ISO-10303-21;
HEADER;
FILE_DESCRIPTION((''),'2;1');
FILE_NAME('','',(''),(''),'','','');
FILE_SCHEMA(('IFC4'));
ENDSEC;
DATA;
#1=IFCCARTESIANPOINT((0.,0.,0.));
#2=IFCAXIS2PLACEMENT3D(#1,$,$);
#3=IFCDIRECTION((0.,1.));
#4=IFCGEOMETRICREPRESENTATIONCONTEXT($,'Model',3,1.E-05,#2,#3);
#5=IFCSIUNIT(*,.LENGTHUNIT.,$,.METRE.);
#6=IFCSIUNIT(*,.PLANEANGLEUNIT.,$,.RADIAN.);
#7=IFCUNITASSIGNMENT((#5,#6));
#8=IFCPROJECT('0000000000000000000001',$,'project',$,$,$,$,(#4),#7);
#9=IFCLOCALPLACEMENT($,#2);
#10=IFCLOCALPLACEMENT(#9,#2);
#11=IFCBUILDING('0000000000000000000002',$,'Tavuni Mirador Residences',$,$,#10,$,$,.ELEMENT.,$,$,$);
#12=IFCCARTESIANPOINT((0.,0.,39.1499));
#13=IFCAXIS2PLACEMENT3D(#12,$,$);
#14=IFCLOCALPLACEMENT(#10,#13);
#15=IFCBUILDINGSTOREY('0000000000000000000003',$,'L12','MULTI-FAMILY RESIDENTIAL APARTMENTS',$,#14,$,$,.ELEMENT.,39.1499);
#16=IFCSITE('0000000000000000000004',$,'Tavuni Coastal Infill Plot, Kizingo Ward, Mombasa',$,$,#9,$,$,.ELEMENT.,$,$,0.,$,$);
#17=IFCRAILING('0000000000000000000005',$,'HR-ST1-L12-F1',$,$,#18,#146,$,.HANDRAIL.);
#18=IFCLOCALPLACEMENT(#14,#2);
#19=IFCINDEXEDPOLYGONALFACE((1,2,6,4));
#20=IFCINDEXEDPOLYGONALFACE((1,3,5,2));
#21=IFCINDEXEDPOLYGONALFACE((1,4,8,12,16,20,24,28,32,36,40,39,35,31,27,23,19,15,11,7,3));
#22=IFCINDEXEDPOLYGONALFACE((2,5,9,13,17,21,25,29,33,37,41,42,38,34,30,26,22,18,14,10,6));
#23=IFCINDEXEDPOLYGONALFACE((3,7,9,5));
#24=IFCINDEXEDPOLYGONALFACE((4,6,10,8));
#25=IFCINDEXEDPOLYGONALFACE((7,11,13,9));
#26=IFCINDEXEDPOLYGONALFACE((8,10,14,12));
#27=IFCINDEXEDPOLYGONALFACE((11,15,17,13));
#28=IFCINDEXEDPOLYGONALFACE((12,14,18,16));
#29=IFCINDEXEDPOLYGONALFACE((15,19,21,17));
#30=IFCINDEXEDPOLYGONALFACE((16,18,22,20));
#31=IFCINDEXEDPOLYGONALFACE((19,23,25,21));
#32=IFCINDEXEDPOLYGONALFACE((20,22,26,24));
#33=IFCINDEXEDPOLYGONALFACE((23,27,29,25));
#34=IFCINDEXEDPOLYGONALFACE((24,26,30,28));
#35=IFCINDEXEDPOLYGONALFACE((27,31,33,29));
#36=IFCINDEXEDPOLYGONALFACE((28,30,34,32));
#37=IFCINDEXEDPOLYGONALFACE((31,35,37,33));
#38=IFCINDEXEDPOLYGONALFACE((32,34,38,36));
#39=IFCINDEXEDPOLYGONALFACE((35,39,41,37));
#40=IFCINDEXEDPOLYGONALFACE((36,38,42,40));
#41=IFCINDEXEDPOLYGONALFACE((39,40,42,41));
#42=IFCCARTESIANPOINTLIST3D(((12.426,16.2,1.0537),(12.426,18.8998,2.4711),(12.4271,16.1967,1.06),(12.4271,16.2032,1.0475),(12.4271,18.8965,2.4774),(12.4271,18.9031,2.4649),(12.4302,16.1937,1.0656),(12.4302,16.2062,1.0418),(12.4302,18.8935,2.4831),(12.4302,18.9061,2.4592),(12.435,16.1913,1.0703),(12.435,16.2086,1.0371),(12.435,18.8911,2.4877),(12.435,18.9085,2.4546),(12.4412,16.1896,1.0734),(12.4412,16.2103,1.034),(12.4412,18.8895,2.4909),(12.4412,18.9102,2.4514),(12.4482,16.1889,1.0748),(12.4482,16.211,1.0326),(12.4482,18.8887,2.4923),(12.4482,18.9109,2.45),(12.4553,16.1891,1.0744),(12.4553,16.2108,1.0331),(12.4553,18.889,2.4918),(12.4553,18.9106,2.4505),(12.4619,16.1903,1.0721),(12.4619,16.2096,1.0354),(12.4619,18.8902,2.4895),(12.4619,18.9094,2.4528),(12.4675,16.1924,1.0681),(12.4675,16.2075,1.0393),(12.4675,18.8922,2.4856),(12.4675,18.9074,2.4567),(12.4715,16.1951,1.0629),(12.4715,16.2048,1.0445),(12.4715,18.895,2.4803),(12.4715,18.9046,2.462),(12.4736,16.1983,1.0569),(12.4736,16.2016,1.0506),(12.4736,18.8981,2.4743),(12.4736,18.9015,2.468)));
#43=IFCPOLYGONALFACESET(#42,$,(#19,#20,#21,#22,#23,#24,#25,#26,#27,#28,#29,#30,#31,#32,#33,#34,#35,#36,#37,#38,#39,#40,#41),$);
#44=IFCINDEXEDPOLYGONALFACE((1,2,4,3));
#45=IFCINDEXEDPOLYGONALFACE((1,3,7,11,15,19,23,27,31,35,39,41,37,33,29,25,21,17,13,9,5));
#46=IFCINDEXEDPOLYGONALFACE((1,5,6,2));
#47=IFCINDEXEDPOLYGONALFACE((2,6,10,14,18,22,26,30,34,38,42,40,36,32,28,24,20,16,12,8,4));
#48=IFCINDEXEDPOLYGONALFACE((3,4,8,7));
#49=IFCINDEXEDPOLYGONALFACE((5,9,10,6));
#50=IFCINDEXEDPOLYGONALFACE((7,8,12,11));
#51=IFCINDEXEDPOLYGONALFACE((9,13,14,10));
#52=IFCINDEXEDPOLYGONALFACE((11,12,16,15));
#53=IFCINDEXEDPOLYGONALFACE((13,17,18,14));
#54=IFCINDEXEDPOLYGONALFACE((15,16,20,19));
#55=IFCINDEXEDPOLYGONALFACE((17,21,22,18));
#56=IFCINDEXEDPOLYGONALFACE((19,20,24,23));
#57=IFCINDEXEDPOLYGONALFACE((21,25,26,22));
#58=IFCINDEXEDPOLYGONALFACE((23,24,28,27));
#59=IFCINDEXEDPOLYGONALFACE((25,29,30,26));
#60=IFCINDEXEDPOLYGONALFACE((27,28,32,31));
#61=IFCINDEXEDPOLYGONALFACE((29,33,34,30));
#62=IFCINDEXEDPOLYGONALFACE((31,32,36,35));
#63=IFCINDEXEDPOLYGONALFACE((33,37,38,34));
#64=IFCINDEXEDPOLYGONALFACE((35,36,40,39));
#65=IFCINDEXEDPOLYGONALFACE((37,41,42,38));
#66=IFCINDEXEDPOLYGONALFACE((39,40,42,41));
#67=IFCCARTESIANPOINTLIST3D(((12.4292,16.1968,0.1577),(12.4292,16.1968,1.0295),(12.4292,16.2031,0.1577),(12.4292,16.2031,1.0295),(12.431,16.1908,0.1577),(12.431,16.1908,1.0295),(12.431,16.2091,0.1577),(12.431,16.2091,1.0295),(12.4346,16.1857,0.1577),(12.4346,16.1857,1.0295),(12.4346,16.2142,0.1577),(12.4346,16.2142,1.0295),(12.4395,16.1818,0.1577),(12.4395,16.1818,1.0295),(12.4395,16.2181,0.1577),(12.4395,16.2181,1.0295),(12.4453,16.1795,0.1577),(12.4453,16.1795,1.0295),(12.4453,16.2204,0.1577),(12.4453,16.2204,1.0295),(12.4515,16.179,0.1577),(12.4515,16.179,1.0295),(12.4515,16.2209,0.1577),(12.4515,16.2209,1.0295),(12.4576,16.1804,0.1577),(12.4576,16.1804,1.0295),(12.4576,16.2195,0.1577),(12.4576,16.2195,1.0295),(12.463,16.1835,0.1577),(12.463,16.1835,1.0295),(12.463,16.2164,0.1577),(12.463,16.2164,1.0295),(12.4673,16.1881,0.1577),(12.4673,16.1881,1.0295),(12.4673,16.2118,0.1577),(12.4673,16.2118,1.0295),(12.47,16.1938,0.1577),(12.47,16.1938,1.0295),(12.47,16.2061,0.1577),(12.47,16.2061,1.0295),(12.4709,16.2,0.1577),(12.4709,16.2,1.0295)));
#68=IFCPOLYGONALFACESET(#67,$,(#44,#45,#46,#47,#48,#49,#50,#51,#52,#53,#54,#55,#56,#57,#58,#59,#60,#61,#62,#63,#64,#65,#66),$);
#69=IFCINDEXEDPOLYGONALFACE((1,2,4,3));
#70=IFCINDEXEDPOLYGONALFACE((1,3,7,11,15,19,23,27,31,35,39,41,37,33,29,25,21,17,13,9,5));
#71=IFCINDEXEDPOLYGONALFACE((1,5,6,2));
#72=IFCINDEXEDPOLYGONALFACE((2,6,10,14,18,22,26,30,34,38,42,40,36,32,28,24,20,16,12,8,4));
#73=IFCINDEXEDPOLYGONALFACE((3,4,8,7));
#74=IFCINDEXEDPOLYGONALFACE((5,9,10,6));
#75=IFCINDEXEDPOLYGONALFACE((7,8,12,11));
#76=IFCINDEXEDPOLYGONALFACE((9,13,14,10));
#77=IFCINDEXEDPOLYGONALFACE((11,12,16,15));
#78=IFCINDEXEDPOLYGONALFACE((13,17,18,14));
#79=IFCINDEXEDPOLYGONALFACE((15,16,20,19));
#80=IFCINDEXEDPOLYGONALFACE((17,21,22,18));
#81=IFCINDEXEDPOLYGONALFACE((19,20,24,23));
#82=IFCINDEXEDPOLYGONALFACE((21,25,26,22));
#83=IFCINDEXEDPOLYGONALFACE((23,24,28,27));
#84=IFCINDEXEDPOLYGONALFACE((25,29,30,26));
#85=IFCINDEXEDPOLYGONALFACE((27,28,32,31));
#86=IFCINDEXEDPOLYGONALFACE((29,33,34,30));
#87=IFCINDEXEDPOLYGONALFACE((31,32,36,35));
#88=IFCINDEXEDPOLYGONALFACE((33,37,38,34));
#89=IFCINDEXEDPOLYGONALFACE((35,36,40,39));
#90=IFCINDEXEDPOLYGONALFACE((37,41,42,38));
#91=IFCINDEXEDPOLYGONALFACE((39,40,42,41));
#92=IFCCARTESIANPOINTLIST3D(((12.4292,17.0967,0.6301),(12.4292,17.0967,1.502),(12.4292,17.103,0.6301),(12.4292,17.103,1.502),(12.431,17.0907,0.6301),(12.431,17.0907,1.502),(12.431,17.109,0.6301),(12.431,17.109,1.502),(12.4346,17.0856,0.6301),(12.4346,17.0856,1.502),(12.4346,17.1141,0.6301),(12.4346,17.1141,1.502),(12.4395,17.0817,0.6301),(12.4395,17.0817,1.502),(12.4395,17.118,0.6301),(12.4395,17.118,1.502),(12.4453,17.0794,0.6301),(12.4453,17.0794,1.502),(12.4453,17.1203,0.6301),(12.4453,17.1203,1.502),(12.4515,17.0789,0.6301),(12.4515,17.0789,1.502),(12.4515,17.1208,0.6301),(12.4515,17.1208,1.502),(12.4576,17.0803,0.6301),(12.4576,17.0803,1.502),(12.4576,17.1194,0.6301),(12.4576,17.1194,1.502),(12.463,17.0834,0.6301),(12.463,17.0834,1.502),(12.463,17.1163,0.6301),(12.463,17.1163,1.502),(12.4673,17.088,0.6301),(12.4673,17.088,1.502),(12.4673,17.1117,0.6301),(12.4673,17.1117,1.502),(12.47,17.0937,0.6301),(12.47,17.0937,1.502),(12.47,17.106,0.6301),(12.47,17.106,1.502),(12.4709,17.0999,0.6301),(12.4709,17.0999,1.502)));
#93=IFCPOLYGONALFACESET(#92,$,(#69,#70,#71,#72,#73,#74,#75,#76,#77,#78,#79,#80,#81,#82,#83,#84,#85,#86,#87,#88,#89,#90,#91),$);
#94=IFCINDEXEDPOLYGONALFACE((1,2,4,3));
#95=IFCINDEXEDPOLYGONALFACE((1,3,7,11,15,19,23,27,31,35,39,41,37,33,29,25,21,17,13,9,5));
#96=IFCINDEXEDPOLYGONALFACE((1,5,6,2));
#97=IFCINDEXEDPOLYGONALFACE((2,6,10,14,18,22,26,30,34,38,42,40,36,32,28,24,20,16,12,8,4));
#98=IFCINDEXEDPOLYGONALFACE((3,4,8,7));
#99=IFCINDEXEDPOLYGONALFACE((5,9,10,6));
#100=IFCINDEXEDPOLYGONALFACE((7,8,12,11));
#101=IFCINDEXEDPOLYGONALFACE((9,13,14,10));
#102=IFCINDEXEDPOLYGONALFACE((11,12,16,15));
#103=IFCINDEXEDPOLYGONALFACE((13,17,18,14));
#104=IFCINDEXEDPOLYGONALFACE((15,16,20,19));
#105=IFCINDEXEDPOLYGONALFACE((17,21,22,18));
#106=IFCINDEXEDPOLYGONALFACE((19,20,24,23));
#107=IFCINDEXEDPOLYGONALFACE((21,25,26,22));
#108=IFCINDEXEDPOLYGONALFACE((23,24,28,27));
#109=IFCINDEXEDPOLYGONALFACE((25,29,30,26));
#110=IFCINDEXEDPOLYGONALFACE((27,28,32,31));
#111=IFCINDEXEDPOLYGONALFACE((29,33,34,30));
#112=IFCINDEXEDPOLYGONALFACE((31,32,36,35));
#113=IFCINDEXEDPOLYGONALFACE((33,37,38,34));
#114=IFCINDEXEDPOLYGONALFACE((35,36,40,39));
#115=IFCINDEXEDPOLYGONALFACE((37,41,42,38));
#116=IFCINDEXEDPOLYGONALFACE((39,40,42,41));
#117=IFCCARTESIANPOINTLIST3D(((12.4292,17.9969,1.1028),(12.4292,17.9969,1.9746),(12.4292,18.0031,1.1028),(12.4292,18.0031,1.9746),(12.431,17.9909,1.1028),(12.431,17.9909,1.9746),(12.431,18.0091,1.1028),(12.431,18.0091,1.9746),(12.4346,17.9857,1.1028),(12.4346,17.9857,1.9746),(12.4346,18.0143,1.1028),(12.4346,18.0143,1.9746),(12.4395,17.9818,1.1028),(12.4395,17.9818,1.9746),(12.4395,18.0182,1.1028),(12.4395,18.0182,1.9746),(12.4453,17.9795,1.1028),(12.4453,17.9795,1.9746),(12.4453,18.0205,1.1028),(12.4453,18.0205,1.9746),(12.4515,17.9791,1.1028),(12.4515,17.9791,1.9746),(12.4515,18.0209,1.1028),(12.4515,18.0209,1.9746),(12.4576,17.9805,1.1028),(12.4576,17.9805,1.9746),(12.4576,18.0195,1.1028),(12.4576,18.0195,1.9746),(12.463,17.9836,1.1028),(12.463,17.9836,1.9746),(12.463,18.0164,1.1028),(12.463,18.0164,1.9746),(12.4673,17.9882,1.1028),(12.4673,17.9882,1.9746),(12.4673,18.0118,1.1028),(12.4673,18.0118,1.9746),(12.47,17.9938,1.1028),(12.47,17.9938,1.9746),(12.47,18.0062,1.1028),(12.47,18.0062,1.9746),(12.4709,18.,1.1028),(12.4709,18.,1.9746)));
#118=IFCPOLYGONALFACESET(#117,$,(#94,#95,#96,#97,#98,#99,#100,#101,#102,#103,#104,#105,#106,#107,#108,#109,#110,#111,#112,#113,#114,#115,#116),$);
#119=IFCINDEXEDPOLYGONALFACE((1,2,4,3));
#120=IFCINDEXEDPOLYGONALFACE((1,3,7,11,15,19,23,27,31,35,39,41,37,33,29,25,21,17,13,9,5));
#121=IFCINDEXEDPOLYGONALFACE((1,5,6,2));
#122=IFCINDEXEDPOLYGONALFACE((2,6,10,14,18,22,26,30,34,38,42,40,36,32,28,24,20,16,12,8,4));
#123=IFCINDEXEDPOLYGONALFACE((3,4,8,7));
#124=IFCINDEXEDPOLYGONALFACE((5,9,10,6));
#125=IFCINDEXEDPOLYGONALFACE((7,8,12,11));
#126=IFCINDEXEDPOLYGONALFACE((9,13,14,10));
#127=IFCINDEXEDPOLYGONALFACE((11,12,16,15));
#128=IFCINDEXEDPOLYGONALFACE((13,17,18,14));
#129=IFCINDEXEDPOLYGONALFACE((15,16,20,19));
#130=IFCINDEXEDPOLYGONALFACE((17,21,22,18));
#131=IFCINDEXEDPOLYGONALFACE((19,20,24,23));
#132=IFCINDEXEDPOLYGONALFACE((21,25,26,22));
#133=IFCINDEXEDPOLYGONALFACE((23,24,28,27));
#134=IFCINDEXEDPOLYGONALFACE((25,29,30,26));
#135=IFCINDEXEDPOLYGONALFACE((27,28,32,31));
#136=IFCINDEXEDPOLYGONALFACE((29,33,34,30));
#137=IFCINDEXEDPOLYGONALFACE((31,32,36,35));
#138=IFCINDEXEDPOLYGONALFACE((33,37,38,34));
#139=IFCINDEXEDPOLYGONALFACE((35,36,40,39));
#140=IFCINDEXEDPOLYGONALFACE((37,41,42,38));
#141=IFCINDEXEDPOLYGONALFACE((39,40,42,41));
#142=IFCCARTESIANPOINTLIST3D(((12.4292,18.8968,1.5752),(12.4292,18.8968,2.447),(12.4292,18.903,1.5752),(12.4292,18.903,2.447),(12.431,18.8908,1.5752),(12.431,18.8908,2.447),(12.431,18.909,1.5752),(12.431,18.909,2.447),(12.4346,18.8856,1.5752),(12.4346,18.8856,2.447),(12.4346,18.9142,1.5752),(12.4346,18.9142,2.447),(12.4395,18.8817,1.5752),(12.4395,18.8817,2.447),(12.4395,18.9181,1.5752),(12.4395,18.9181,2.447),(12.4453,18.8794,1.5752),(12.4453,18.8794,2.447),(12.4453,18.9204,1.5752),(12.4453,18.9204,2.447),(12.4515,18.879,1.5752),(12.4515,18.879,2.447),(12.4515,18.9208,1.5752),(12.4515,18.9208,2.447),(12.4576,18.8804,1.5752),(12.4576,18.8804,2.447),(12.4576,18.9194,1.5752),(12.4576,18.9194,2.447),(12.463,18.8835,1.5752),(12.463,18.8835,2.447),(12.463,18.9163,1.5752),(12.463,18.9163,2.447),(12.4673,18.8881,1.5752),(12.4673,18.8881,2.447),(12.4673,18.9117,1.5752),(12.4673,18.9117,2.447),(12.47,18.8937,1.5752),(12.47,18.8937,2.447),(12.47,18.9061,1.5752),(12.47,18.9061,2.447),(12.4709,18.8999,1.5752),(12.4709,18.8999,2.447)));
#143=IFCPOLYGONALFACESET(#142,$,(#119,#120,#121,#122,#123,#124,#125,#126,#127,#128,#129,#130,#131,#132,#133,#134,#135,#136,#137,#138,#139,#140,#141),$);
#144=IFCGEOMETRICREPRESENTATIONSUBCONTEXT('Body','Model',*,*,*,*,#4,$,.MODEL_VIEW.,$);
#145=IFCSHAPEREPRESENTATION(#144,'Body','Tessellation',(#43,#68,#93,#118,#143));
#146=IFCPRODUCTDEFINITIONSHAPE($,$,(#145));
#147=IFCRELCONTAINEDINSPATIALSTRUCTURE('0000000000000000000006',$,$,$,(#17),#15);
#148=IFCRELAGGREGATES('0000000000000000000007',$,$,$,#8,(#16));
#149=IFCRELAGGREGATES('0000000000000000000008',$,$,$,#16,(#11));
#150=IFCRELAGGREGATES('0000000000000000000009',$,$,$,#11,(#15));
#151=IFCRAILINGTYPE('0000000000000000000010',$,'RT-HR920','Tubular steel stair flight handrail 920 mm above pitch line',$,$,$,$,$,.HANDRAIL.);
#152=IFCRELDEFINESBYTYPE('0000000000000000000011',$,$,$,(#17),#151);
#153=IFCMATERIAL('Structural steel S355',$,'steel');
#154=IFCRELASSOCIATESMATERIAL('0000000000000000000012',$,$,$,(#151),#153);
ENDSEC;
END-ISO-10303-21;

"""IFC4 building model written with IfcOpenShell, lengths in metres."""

from ifc_helpers import new_model, si_unit, direction, frame, origin, origin_2d, place, context, subcontext, project, spatial, circle, extrude, material, type_object, element, save


model = new_model("IFC4")

# Units and contexts
model_context = context("Model", 3, precision=1e-05, world=origin(), true_north=direction((0.0, 1.0)))
body_context = subcontext(model_context, "Body", "Model", "MODEL_VIEW")
ifc_project = project(units=[si_unit("LENGTHUNIT", "METRE"), si_unit("PLANEANGLEUNIT", "RADIAN")], contexts=[model_context])

# Site, building, storey
site_placement = place(None, origin())
site = spatial("IfcSite", under=ifc_project, at=site_placement, Name="Tavuni Coastal Infill Plot, Kizingo Ward, Mombasa", CompositionType="ELEMENT", RefElevation=0.0)
building_placement = place(site_placement, origin())
building = spatial("IfcBuilding", under=site, at=building_placement, Name="Tavuni Mirador Residences", CompositionType="ELEMENT")
storey_placement = place(building_placement, frame((0.0, 0.0, 39.1499)))
storey = spatial("IfcBuildingStorey", under=building, at=storey_placement, Name="L12", Description="MULTI-FAMILY RESIDENTIAL APARTMENTS", CompositionType="ELEMENT", Elevation=39.1499)

# Shared definitions
ifc_material_1 = material(Name="Structural steel S355", Category="steel")

# Railing
railing_type_1 = type_object("IfcRailingType", Name="RT-HR920", Description="Tubular steel stair flight handrail 920 mm above pitch line", PredefinedType="HANDRAIL", material=ifc_material_1)
railing_1_placement = place(storey_placement, frame((12.45, 16.2, 0.1577)))
element("IfcRailing", 1, at=railing_1_placement, inside=storey, type_object=railing_type_1, Name="HR-ST1-L12-F1", PredefinedType="HANDRAIL", context=body_context, shape_type="SweptSolid", body=[
    extrude(circle(Radius=0.0239, at=origin_2d()), frame((0.0, 0.0, 0.896), z_axis=(0.0, 0.885397, 0.464835), x_axis=(-1.0, 0.0, 0.0)), (0.0, 0.0, 1.0), 3.0493),
    extrude(circle(Radius=0.021, at=origin_2d()), origin(), (0.0, 0.0, 1.0), 0.8718),
    extrude(circle(Radius=0.021, at=origin_2d()), frame((0.0, 0.8999, 0.4724)), (0.0, 0.0, 1.0), 0.8718),
    extrude(circle(Radius=0.021, at=origin_2d()), frame((0.0, 1.8, 0.9451)), (0.0, 0.0, 1.0), 0.8718),
    extrude(circle(Radius=0.021, at=origin_2d()), frame((0.0, 2.7, 1.4175)), (0.0, 0.0, 1.0), 0.8718),
])

save(model, "model.ifc")
